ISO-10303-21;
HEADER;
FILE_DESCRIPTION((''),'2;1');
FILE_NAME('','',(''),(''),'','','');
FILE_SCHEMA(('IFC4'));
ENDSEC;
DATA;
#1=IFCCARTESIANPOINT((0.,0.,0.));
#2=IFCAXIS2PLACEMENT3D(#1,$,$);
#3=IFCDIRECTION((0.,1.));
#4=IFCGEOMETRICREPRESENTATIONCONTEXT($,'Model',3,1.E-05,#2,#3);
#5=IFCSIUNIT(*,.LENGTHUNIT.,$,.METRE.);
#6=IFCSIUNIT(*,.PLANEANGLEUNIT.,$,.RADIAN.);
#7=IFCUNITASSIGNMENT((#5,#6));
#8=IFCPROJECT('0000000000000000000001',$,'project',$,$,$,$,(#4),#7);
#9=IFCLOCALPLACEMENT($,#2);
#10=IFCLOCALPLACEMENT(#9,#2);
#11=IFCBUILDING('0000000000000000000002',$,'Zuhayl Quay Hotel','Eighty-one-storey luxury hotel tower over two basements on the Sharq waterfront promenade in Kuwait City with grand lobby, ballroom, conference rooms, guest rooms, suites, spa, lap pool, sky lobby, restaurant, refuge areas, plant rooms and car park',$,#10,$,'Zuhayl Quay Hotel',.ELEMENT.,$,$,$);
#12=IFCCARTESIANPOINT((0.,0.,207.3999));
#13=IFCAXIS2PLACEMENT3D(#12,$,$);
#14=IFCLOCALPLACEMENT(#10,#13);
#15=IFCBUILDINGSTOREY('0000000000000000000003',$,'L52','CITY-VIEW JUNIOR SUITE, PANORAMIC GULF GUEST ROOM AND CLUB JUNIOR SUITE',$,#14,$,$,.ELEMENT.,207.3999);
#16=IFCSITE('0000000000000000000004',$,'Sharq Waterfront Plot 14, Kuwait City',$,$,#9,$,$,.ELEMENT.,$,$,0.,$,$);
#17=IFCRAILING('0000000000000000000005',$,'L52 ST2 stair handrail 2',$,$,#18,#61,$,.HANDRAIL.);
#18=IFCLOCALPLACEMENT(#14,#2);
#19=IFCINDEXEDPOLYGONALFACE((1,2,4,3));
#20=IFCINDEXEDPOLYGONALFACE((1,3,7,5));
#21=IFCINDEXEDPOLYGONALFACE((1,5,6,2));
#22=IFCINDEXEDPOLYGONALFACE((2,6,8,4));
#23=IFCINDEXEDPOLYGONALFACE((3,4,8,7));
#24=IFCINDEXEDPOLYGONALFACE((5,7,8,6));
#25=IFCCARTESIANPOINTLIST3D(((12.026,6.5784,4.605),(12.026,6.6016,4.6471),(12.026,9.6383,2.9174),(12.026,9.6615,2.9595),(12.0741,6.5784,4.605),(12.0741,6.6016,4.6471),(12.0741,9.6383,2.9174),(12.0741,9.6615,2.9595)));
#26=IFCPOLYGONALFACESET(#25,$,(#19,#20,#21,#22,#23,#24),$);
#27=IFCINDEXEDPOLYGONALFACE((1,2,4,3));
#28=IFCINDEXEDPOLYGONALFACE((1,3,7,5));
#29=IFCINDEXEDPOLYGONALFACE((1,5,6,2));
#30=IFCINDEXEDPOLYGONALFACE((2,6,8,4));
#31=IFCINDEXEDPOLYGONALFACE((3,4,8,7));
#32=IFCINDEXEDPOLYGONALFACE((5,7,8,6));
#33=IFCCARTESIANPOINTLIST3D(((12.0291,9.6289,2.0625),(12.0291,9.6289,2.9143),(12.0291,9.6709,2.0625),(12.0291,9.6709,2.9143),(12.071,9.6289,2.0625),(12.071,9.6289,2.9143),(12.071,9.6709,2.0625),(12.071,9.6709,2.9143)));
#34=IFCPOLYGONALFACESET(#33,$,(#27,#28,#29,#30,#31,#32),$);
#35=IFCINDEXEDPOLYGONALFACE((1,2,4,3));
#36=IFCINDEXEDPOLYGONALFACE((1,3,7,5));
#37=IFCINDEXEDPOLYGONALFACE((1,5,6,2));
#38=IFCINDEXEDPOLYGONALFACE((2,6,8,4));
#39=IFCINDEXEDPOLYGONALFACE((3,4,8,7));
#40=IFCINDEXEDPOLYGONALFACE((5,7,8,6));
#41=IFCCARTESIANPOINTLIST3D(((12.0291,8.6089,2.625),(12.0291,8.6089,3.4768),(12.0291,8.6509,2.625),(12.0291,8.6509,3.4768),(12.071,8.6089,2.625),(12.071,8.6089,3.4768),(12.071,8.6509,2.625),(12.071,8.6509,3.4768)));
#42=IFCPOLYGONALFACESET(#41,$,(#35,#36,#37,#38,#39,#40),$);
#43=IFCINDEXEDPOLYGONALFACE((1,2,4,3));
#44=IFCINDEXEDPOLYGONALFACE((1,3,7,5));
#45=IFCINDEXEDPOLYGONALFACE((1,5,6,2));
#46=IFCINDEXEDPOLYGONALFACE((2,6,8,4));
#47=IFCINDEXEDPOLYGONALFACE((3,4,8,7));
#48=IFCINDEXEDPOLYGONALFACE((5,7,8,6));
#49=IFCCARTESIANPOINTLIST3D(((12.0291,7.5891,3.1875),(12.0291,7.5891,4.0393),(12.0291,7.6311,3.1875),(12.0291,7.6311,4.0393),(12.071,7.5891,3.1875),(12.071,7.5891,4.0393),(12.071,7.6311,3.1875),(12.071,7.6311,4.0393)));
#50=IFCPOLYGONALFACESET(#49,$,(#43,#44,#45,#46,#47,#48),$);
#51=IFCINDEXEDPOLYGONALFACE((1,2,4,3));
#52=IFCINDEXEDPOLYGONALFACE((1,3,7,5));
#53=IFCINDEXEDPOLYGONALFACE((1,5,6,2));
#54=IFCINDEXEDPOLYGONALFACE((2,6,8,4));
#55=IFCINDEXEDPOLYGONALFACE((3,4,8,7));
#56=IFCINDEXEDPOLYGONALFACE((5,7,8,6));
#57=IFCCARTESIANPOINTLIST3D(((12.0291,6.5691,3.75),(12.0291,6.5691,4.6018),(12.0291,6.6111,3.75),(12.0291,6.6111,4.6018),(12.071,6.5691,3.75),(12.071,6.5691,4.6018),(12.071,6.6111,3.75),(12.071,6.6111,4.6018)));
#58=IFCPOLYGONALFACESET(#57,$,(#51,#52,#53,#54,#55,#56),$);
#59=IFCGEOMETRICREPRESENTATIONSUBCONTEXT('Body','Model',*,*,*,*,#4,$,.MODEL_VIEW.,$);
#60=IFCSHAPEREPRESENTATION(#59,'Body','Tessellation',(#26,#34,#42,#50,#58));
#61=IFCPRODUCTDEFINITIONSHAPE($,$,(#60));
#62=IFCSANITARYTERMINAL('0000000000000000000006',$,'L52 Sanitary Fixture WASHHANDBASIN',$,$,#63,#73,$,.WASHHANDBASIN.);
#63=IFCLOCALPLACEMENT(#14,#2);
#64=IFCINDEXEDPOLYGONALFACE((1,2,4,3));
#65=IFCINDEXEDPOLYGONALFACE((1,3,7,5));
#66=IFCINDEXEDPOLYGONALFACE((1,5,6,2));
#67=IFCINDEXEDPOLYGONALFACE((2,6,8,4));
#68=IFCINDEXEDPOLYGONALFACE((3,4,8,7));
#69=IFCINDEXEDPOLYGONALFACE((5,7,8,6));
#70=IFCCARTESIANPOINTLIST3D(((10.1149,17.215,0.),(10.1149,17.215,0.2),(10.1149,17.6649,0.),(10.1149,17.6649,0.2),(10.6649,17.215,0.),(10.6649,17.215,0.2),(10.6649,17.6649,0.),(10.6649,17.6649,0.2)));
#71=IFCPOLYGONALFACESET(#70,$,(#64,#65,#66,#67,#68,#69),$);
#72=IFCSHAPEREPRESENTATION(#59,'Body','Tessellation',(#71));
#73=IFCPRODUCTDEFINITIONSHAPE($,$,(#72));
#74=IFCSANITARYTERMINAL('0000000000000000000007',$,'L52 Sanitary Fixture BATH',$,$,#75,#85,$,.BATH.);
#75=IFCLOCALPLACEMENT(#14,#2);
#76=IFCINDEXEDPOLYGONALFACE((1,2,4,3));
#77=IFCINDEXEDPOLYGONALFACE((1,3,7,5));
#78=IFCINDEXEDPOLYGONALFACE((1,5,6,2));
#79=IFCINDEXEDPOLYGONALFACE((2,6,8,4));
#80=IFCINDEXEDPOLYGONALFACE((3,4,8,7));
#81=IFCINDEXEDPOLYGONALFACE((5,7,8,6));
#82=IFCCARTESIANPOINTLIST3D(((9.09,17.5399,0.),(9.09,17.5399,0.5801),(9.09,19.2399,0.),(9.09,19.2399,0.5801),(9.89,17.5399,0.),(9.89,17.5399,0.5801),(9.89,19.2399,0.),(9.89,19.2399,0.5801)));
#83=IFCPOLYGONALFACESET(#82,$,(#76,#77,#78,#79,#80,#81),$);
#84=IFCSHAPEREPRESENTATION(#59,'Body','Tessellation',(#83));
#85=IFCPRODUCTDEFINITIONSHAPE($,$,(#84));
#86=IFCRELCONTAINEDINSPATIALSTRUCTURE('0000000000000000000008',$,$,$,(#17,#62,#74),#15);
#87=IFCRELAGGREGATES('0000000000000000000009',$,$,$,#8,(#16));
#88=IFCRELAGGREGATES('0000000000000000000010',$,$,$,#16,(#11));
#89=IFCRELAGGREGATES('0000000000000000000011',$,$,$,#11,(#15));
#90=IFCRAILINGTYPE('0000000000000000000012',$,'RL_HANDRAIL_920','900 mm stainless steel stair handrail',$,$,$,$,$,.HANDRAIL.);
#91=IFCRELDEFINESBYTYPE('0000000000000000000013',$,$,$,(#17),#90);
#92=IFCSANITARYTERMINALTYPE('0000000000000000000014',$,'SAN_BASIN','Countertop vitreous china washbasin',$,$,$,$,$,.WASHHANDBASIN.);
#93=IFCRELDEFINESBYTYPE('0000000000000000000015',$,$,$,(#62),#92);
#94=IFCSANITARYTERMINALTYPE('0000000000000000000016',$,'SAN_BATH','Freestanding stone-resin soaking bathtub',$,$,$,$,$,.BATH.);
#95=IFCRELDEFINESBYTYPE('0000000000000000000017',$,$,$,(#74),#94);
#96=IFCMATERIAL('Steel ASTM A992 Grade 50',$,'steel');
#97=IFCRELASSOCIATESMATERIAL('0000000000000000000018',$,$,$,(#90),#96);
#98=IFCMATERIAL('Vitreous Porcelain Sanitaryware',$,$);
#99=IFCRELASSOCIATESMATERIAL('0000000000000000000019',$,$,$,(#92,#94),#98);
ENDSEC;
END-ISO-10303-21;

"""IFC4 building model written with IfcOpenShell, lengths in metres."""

from ifc_helpers import new_model, si_unit, direction, frame, origin, origin_2d, place, context, subcontext, project, spatial, rectangle, extrude, material, type_object, element, save


model = new_model("IFC4")

# Units and contexts
model_context = context("Model", 3, precision=1e-05, world=origin(), true_north=direction((0.0, 1.0)))
body_context = subcontext(model_context, "Body", "Model", "MODEL_VIEW")
ifc_project = project(units=[si_unit("LENGTHUNIT", "METRE"), si_unit("PLANEANGLEUNIT", "RADIAN")], contexts=[model_context])

# Site, building, storey
site_placement = place(None, origin())
site = spatial("IfcSite", under=ifc_project, at=site_placement, Name="Sharq Waterfront Plot 14, Kuwait City", CompositionType="ELEMENT", RefElevation=0.0)
building_placement = place(site_placement, origin())
building = spatial("IfcBuilding", under=site, at=building_placement, Name="Zuhayl Quay Hotel", Description="Eighty-one-storey luxury hotel tower over two basements on the Sharq waterfront promenade in Kuwait City with grand lobby, ballroom, conference rooms, guest rooms, suites, spa, lap pool, sky lobby, restaurant, refuge areas, plant rooms and car park", LongName="Zuhayl Quay Hotel", CompositionType="ELEMENT")
storey_placement = place(building_placement, frame((0.0, 0.0, 207.3999)))
storey = spatial("IfcBuildingStorey", under=building, at=storey_placement, Name="L52", Description="CITY-VIEW JUNIOR SUITE, PANORAMIC GULF GUEST ROOM AND CLUB JUNIOR SUITE", CompositionType="ELEMENT", Elevation=207.3999)

# Shared definitions
ifc_material_1 = material(Name="Steel ASTM A992 Grade 50", Category="steel")

# Railing
railing_type_1 = type_object("IfcRailingType", Name="RL_HANDRAIL_920", Description="900 mm stainless steel stair handrail", PredefinedType="HANDRAIL", material=ifc_material_1)
railing_1_placement = place(storey_placement, frame((12.05, 9.6499, 2.0625)))
element("IfcRailing", 1, at=railing_1_placement, inside=storey, type_object=railing_type_1, Name="L52 ST2 stair handrail 2", PredefinedType="HANDRAIL", context=body_context, shape_type="SweptSolid", body=[
    extrude(rectangle(XDim=0.0481, YDim=0.0481, at=origin_2d()), frame((0.0, 0.0, 0.876), z_axis=(0.0, -0.875659, 0.48293), x_axis=(1.0, 0.0, 0.0)), (0.0, 0.0, 1.0), 3.4944),
    extrude(rectangle(XDim=0.042, YDim=0.042, at=origin_2d()), origin(), (0.0, 0.0, 1.0), 0.8518),
    extrude(rectangle(XDim=0.042, YDim=0.042, at=origin_2d()), frame((0.0, -1.02, 0.5625)), (0.0, 0.0, 1.0), 0.8518),
    extrude(rectangle(XDim=0.042, YDim=0.042, at=origin_2d()), frame((0.0, -2.0398, 1.125)), (0.0, 0.0, 1.0), 0.8518),
    extrude(rectangle(XDim=0.042, YDim=0.042, at=origin_2d()), frame((0.0, -3.0598, 1.6875)), (0.0, 0.0, 1.0), 0.8518),
])

# Sanitary terminals
ifc_material_2 = material(Name="Vitreous Porcelain Sanitaryware")
sanitary_terminal_type_1 = type_object("IfcSanitaryTerminalType", Name="SAN_BASIN", Description="Countertop vitreous china washbasin", PredefinedType="WASHHANDBASIN", material=ifc_material_2)
sanitary_terminal_1_placement = place(storey_placement, frame((10.3899, 17.4399, 0.0), z_axis=(0.0, 0.0, 1.0), x_axis=(1.0, 0.0, 0.0)))
element("IfcSanitaryTerminal", 2, at=sanitary_terminal_1_placement, inside=storey, type_object=sanitary_terminal_type_1, Name="L52 Sanitary Fixture WASHHANDBASIN", PredefinedType="WASHHANDBASIN", context=body_context, shape_type="SweptSolid", body=[
    extrude(rectangle(XDim=0.55, YDim=0.45, at=origin_2d()), origin(), (0.0, 0.0, 1.0), 0.2),
])
sanitary_terminal_type_2 = type_object("IfcSanitaryTerminalType", Name="SAN_BATH", Description="Freestanding stone-resin soaking bathtub", PredefinedType="BATH", material=ifc_material_2)
sanitary_terminal_2_placement = place(storey_placement, frame((9.49, 18.3899, 0.0), z_axis=(0.0, 0.0, 1.0), x_axis=(1.0, 0.0, 0.0)))
element("IfcSanitaryTerminal", 3, at=sanitary_terminal_2_placement, inside=storey, type_object=sanitary_terminal_type_2, Name="L52 Sanitary Fixture BATH", PredefinedType="BATH", context=body_context, shape_type="SweptSolid", body=[
    extrude(rectangle(XDim=0.8, YDim=1.7, at=origin_2d()), origin(), (0.0, 0.0, 1.0), 0.5801),
])

save(model, "model.ifc")
